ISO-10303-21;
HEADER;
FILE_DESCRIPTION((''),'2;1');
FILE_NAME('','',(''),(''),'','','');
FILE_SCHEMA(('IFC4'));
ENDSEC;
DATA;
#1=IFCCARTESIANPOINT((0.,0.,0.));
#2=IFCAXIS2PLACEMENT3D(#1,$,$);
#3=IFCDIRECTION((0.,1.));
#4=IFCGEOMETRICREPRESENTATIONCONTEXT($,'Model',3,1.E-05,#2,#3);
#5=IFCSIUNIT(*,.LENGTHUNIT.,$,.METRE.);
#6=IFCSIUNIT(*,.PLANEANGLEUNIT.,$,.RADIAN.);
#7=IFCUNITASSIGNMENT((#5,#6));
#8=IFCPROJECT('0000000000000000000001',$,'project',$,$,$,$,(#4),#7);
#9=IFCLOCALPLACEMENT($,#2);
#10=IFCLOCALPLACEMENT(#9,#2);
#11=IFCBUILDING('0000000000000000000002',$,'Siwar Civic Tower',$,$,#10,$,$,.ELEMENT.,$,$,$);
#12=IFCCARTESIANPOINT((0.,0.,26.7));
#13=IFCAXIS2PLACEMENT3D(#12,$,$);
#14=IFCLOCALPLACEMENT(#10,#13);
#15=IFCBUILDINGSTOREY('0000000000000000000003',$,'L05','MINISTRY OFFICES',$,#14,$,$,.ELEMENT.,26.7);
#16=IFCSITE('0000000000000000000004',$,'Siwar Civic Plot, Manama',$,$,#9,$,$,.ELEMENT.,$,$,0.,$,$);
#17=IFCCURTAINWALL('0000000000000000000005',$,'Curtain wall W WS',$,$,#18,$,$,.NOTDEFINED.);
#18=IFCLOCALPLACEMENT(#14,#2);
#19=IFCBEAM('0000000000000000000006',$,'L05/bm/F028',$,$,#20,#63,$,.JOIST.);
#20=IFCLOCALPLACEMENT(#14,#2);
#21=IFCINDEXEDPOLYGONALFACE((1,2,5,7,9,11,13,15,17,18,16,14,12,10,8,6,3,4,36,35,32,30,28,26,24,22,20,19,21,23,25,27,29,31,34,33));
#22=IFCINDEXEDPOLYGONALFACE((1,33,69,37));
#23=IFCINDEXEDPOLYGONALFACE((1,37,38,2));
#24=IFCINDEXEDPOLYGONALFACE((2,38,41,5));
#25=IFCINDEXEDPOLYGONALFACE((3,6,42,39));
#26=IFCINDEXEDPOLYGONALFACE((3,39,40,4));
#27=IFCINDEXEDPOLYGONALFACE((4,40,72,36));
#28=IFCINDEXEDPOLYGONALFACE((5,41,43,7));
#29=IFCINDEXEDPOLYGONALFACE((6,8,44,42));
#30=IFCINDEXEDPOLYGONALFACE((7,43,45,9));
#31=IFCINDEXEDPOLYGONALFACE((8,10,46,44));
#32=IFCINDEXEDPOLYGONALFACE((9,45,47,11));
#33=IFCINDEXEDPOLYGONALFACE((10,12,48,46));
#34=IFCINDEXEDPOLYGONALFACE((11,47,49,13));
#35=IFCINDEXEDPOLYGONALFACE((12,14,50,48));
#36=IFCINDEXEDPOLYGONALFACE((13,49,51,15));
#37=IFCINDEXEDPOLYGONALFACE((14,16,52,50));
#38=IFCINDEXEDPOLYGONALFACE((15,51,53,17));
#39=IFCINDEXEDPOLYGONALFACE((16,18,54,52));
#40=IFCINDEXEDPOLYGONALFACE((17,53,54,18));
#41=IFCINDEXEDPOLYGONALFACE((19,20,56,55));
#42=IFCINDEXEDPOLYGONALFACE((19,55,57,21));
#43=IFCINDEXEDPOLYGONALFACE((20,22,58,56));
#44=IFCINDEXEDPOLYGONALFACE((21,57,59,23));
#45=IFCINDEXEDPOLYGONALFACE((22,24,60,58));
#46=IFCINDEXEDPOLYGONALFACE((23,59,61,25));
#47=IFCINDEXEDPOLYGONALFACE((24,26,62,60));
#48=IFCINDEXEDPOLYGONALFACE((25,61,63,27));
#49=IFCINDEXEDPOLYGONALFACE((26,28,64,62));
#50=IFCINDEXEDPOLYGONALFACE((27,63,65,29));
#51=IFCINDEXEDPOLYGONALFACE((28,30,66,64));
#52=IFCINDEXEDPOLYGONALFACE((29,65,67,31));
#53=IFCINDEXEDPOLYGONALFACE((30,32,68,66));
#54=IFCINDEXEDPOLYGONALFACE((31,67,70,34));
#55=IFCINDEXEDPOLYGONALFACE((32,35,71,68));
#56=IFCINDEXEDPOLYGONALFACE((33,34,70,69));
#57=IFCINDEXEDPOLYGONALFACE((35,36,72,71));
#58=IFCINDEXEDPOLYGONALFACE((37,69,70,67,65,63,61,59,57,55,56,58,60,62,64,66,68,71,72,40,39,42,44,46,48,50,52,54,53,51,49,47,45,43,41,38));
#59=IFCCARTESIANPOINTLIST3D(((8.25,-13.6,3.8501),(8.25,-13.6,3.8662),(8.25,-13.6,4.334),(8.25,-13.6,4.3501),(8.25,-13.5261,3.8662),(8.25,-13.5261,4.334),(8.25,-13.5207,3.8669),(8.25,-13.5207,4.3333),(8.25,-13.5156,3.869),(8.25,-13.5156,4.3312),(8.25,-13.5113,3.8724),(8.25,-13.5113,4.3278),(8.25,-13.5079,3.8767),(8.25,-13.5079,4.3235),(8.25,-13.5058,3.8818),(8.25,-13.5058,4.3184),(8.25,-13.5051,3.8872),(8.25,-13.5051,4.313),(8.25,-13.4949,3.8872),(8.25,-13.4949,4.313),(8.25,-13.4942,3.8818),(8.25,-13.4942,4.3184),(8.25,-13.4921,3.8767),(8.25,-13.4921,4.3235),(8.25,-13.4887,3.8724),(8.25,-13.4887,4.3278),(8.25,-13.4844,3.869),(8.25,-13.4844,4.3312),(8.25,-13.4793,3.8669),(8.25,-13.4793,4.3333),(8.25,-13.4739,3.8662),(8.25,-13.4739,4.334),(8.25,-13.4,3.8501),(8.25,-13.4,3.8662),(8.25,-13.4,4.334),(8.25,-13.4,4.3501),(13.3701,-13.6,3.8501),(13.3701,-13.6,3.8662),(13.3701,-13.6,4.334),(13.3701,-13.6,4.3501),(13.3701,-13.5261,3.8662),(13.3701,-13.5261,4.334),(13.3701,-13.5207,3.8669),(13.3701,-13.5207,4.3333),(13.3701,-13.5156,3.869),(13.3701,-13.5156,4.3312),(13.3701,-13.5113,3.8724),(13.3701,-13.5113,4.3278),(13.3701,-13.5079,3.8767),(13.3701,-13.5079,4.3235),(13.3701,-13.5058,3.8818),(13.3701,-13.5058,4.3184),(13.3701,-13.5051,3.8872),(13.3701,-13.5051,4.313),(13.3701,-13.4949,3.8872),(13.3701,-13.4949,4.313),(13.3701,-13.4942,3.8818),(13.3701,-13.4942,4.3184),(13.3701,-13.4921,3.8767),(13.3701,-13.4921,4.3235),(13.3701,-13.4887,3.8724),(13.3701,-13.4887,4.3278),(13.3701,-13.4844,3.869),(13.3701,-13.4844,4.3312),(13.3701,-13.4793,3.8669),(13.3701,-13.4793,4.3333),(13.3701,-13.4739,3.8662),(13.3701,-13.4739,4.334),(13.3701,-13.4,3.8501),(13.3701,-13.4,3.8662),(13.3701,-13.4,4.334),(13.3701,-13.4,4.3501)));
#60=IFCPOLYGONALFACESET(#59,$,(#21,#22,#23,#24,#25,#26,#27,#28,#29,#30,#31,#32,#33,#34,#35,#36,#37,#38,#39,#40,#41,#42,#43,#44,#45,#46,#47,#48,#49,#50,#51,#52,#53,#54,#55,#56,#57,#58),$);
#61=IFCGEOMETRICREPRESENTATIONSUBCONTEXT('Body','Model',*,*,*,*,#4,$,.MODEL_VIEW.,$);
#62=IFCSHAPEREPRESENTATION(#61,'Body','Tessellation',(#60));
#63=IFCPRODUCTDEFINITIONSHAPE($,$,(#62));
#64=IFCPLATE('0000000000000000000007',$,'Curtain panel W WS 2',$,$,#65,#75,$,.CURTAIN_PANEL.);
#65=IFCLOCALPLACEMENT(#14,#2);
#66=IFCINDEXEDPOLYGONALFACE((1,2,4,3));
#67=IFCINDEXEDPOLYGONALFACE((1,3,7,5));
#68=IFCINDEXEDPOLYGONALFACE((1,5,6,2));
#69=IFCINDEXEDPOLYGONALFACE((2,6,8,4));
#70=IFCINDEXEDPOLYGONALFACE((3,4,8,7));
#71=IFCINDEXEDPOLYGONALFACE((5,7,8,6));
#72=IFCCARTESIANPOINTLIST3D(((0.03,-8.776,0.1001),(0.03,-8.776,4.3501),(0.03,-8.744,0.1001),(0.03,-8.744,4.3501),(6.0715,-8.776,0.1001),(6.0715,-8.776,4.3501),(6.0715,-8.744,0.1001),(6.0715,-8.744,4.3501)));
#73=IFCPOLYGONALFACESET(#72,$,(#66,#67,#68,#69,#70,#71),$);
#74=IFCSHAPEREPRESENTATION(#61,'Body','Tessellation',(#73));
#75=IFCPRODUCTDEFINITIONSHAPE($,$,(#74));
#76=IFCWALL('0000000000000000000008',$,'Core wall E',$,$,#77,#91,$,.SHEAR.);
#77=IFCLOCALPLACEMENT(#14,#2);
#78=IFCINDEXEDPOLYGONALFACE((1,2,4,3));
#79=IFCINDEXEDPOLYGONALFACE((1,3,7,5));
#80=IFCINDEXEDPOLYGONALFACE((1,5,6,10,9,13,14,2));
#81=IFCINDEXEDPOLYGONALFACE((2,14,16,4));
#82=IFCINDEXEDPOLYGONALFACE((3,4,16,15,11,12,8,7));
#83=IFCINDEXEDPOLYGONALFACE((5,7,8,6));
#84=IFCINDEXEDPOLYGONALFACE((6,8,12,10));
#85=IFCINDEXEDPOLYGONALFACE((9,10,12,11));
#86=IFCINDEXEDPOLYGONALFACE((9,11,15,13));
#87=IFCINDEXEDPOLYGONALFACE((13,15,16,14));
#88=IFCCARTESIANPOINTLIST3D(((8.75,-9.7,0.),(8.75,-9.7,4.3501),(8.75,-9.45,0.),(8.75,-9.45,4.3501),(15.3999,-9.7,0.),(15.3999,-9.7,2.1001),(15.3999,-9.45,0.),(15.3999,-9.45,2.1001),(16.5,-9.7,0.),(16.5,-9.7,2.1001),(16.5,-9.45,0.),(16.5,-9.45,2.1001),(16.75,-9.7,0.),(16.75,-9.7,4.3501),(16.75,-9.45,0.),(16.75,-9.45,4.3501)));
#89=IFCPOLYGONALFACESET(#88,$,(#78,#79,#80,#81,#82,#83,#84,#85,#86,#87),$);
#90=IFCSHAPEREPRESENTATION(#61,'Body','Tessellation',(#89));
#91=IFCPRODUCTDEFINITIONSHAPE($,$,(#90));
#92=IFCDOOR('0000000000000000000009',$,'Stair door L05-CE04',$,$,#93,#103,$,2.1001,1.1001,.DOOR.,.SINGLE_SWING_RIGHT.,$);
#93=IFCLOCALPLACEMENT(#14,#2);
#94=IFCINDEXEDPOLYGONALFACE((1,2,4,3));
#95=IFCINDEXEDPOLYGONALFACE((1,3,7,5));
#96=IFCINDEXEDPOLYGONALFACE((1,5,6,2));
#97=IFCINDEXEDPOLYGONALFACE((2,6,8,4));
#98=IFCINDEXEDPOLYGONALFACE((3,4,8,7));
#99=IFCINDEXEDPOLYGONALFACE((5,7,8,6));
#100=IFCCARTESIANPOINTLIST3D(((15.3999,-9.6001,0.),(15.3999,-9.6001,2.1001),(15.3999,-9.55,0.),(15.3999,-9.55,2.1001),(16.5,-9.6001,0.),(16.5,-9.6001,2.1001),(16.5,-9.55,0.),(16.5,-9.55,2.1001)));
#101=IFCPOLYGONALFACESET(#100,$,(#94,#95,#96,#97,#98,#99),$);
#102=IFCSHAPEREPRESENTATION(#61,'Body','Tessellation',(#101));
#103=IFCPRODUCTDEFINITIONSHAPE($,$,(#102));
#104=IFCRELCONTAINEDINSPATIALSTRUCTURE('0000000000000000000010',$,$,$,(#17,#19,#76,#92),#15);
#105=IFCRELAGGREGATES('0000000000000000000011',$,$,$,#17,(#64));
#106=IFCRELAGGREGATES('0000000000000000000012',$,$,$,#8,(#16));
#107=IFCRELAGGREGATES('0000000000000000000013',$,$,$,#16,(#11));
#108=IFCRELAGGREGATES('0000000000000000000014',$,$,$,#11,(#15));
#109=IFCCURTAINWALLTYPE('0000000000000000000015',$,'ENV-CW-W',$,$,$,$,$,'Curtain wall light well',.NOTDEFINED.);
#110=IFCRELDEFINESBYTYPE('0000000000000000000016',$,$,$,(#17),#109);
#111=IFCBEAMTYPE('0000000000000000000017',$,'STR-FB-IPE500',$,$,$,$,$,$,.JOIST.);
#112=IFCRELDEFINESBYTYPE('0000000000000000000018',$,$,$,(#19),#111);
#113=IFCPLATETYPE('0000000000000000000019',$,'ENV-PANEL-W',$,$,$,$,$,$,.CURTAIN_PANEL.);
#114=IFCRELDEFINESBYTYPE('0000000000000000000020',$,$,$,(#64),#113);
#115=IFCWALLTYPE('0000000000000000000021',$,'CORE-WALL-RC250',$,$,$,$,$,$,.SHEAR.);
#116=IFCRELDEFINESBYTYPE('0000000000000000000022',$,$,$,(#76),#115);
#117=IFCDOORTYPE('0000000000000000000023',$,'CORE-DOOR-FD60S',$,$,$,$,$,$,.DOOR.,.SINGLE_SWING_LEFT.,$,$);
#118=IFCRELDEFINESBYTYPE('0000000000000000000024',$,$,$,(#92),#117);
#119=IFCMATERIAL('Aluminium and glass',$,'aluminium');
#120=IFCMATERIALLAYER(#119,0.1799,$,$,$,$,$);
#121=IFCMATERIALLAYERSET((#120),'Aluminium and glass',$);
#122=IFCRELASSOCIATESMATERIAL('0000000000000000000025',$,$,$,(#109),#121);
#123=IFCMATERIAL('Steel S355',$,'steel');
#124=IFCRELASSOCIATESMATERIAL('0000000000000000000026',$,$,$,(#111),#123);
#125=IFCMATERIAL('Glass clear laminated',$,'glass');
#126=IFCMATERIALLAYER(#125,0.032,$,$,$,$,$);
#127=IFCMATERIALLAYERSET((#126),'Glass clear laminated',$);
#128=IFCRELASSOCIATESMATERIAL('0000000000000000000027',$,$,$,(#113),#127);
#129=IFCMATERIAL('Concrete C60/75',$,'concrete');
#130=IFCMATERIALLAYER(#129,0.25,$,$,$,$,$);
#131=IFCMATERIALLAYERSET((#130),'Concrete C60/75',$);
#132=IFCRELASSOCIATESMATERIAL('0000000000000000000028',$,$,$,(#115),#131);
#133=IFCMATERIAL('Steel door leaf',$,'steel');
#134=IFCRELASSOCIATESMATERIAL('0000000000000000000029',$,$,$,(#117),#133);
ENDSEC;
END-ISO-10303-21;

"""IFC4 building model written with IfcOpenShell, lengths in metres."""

from ifc_helpers import new_model, si_unit, direction, frame, frame_2d, origin, origin_2d, place, context, subcontext, project, spatial, rectangle, i_section, extrude, material, layer, layer_set, material_profile, profile_set, type_object, element, fill, aggregate, save


model = new_model("IFC4")

# Units and contexts
model_context = context("Model", 3, precision=1e-05, world=origin(), true_north=direction((0.0, 1.0)))
body_context = subcontext(model_context, "Body", "Model", "MODEL_VIEW")
ifc_project = project(units=[si_unit("LENGTHUNIT", "METRE"), si_unit("PLANEANGLEUNIT", "RADIAN")], contexts=[model_context])

# Site, building, storey
site_placement = place(None, origin())
site = spatial("IfcSite", under=ifc_project, at=site_placement, Name="Siwar Civic Plot, Manama", CompositionType="ELEMENT", RefElevation=0.0)
building_placement = place(site_placement, origin())
building = spatial("IfcBuilding", under=site, at=building_placement, Name="Siwar Civic Tower", CompositionType="ELEMENT")
storey_placement = place(building_placement, frame((0.0, 0.0, 26.7)))
storey = spatial("IfcBuildingStorey", under=building, at=storey_placement, Name="L05", Description="MINISTRY OFFICES", CompositionType="ELEMENT", Elevation=26.7)

# Curtain wall
ifc_material_1 = material(Name="Aluminium and glass", Category="aluminium")
ifc_layer_1 = layer(ifc_material_1, 0.1799)
ifc_layer_set_1 = layer_set([ifc_layer_1], Name="Aluminium and glass")
curtain_wall_type = type_object("IfcCurtainWallType", Name="ENV-CW-W", ElementType="Curtain wall light well", PredefinedType="NOTDEFINED", material=ifc_layer_set_1)
curtain_wall_placement = place(storey_placement, origin())
curtain_wall = element("IfcCurtainWall", 1, at=curtain_wall_placement, inside=storey, type_object=curtain_wall_type, Name="Curtain wall W WS", PredefinedType="NOTDEFINED")

# Beam
ifc_material_2 = material(Name="Steel S355", Category="steel")
ifc_material_profile_1 = material_profile(ifc_material_2, i_section(OverallWidth=0.2, OverallDepth=0.5, WebThickness=0.0103, FlangeThickness=0.0161, FilletRadius=0.021, at=origin_2d()), Name="IPE500")
ifc_profile_set_1 = profile_set([ifc_material_profile_1], Name="Steel S355")
beam_type = type_object("IfcBeamType", Name="STR-FB-IPE500", PredefinedType="JOIST", material=ifc_profile_set_1)
beam_1_placement = place(storey_placement, frame((8.25, -13.5, 4.1001), z_axis=(1.0, 0.0, 0.0), x_axis=(0.0, 1.0, 0.0)))
element("IfcBeam", 2, at=beam_1_placement, inside=storey, type_object=beam_type, Name="L05/bm/F028", PredefinedType="JOIST", context=body_context, shape_type="SweptSolid", body=[
    extrude(i_section(OverallWidth=0.2, OverallDepth=0.5, WebThickness=0.0103, FlangeThickness=0.0161, FilletRadius=0.021, at=origin_2d()), origin(), (0.0, 0.0, 1.0), 5.1201),
])

# Plate
ifc_material_3 = material(Name="Glass clear laminated", Category="glass")
ifc_layer_2 = layer(ifc_material_3, 0.032)
ifc_layer_set_2 = layer_set([ifc_layer_2], Name="Glass clear laminated")
plate_type = type_object("IfcPlateType", Name="ENV-PANEL-W", PredefinedType="CURTAIN_PANEL", material=ifc_layer_set_2)
plate_placement = place(storey_placement, frame((3.0508, -8.76, 0.1001), z_axis=(0.0, 0.0, 1.0), x_axis=(1.0, 0.0, 0.0)))
plate = element("IfcPlate", 3, at=plate_placement, type_object=plate_type, Name="Curtain panel W WS 2", PredefinedType="CURTAIN_PANEL", context=body_context, shape_type="SweptSolid", body=[
    extrude(rectangle(XDim=6.0415, YDim=0.032, at=origin_2d()), origin(), (0.0, 0.0, 1.0), 4.25),
])
aggregate(curtain_wall, [plate])

# Wall, opening, door
ifc_material_4 = material(Name="Concrete C60/75", Category="concrete")
ifc_layer_3 = layer(ifc_material_4, 0.25)
ifc_layer_set_3 = layer_set([ifc_layer_3], Name="Concrete C60/75")
wall_type_1 = type_object("IfcWallType", Name="CORE-WALL-RC250", PredefinedType="SHEAR", material=ifc_layer_set_3)
wall_1_placement = place(storey_placement, frame((8.75, -9.575, 0.0), z_axis=(0.0, 0.0, 1.0), x_axis=(1.0, 0.0, 0.0)))
wall_1 = element("IfcWall", 4, at=wall_1_placement, inside=storey, type_object=wall_type_1, Name="Core wall E", PredefinedType="SHEAR", context=body_context, shape_type="SweptSolid", body=[
    extrude(rectangle(XDim=8.0, YDim=0.25, at=frame_2d((4.0, 0.0))), origin(), (0.0, 0.0, 1.0), 4.3501),
])
opening_1_placement = place(wall_1_placement, frame((6.6499, 0.0, 0.0)))
opening_1 = element("IfcOpeningElement", 5, at=opening_1_placement, cuts=wall_1, PredefinedType="OPENING", context=body_context, shape_type="SweptSolid", body=[
    extrude(rectangle(XDim=1.1001, YDim=2.1001, at=frame_2d((0.55, 1.05))), frame((0.0, 0.135, 0.0), z_axis=(0.0, -1.0, 0.0), x_axis=(1.0, 0.0, 0.0)), (0.0, 0.0, 1.0), 0.27),
])
ifc_material_5 = material(Name="Steel door leaf", Category="steel")
door_type_1 = type_object("IfcDoorType", Name="CORE-DOOR-FD60S", OperationType="SINGLE_SWING_LEFT", PredefinedType="DOOR", material=ifc_material_5)
door_1_placement = place(opening_1_placement, origin())
door_1 = element("IfcDoor", 6, at=door_1_placement, inside=storey, type_object=door_type_1, Name="Stair door L05-CE04", OperationType="SINGLE_SWING_RIGHT", OverallHeight=2.1001, OverallWidth=1.1001, PredefinedType="DOOR", context=body_context, shape_type="SweptSolid", body=[
    extrude(rectangle(XDim=1.1001, YDim=2.1001, at=frame_2d((0.55, 1.05))), frame((0.0, 0.0249, 0.0), z_axis=(0.0, -1.0, 0.0), x_axis=(1.0, 0.0, 0.0)), (0.0, 0.0, 1.0), 0.05),
])
fill(opening_1, door_1)

save(model, "model.ifc")
